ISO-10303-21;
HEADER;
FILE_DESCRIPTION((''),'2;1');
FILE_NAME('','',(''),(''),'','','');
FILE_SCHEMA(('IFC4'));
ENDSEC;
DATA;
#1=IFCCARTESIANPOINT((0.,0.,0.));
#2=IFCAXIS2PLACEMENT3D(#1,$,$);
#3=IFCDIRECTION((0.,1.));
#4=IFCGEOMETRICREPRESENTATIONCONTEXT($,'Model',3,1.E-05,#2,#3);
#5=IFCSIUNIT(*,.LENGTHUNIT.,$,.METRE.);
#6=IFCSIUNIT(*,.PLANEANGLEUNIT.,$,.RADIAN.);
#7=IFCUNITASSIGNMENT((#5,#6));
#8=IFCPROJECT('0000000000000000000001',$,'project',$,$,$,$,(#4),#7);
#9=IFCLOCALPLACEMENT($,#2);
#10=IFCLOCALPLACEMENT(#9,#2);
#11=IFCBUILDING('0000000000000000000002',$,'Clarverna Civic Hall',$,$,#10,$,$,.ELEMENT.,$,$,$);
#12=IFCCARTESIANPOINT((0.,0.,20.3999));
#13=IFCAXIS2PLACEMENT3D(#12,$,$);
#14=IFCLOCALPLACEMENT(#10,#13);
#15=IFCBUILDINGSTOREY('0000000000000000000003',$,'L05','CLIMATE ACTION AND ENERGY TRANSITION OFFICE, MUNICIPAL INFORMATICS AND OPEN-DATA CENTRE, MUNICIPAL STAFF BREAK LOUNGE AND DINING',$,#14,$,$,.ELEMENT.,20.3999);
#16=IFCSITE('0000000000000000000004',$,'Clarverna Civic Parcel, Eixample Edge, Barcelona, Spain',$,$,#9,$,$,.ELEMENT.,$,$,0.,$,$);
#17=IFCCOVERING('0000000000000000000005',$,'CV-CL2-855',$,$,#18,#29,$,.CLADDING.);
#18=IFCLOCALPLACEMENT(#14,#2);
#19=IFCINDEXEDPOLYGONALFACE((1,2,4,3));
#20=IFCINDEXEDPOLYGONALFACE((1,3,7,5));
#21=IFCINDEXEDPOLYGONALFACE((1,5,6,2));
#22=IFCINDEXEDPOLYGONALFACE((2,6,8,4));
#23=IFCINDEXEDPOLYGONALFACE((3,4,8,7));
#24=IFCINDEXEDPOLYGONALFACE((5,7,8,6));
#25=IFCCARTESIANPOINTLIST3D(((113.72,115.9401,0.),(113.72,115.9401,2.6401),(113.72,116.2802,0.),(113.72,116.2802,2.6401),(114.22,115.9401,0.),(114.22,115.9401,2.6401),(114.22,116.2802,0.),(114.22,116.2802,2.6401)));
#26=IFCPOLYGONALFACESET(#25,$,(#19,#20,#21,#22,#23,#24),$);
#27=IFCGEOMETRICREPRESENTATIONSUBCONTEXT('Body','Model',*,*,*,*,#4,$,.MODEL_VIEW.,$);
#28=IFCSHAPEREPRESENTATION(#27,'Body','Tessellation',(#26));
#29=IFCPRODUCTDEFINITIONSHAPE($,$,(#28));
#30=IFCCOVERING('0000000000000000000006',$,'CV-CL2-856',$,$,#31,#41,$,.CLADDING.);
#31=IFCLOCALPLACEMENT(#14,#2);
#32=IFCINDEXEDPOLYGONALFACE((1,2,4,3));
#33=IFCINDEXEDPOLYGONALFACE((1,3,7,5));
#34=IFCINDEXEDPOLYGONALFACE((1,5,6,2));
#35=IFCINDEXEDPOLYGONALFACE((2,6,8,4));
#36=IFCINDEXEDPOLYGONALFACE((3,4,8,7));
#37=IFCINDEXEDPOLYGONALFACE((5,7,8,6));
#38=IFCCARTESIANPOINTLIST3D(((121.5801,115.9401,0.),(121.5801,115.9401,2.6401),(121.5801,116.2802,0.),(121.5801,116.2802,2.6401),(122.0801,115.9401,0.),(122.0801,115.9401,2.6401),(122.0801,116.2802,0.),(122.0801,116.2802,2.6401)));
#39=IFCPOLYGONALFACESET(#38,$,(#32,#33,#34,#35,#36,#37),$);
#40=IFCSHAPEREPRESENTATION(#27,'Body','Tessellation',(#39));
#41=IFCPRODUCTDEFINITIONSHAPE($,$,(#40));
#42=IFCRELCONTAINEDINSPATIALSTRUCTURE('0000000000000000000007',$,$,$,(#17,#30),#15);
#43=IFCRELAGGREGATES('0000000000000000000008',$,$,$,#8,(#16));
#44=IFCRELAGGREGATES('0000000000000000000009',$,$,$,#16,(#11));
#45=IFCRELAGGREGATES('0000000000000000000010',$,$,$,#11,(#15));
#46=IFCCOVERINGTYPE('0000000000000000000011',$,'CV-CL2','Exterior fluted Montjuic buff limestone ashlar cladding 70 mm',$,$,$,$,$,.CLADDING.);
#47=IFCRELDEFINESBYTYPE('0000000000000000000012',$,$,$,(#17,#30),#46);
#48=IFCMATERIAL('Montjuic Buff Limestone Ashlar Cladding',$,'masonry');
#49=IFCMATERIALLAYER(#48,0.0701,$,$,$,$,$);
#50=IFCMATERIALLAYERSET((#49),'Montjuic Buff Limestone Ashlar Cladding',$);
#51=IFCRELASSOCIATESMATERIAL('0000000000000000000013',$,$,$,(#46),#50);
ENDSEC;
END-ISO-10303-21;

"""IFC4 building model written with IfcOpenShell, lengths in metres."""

from ifc_helpers import new_model, si_unit, direction, frame, frame_2d, origin, place, context, subcontext, project, spatial, rectangle, extrude, material, layer, layer_set, type_object, element, save


model = new_model("IFC4")

# Units and contexts
model_context = context("Model", 3, precision=1e-05, world=origin(), true_north=direction((0.0, 1.0)))
body_context = subcontext(model_context, "Body", "Model", "MODEL_VIEW")
ifc_project = project(units=[si_unit("LENGTHUNIT", "METRE"), si_unit("PLANEANGLEUNIT", "RADIAN")], contexts=[model_context])

# Site, building, storey
site_placement = place(None, origin())
site = spatial("IfcSite", under=ifc_project, at=site_placement, Name="Clarverna Civic Parcel, Eixample Edge, Barcelona, Spain", CompositionType="ELEMENT", RefElevation=0.0)
building_placement = place(site_placement, origin())
building = spatial("IfcBuilding", under=site, at=building_placement, Name="Clarverna Civic Hall", CompositionType="ELEMENT")
storey_placement = place(building_placement, frame((0.0, 0.0, 20.3999)))
storey = spatial("IfcBuildingStorey", under=building, at=storey_placement, Name="L05", Description="CLIMATE ACTION AND ENERGY TRANSITION OFFICE, MUNICIPAL INFORMATICS AND OPEN-DATA CENTRE, MUNICIPAL STAFF BREAK LOUNGE AND DINING", CompositionType="ELEMENT", Elevation=20.3999)

# Coverings
ifc_material_1 = material(Name="Montjuic Buff Limestone Ashlar Cladding", Category="masonry")
ifc_layer_1 = layer(ifc_material_1, 0.0701)
ifc_layer_set_1 = layer_set([ifc_layer_1], Name="Montjuic Buff Limestone Ashlar Cladding")
covering_type = type_object("IfcCoveringType", Name="CV-CL2", Description="Exterior fluted Montjuic buff limestone ashlar cladding 70 mm", PredefinedType="CLADDING", material=ifc_layer_set_1)
for number, where, z_axis, x_axis, name in (
    (1, (113.72, 116.1101, 0.0), (0.0, 0.0, 1.0), (1.0, 0.0, 0.0), "CV-CL2-855"),
    (2, (121.5801, 116.1101, 0.0), (0.0, 0.0, 1.0), (1.0, 0.0, 0.0), "CV-CL2-856"),
):
    element("IfcCovering", number, at=place(storey_placement, frame(where, z_axis=z_axis, x_axis=x_axis)), inside=storey, type_object=covering_type, Name=name, PredefinedType="CLADDING", context=body_context, shape_type="SweptSolid", body=[
        extrude(rectangle(XDim=0.5, YDim=0.3401, at=frame_2d((0.25, 0.0))), origin(), (0.0, 0.0, 1.0), 2.6401),
    ])

save(model, "model.ifc")
